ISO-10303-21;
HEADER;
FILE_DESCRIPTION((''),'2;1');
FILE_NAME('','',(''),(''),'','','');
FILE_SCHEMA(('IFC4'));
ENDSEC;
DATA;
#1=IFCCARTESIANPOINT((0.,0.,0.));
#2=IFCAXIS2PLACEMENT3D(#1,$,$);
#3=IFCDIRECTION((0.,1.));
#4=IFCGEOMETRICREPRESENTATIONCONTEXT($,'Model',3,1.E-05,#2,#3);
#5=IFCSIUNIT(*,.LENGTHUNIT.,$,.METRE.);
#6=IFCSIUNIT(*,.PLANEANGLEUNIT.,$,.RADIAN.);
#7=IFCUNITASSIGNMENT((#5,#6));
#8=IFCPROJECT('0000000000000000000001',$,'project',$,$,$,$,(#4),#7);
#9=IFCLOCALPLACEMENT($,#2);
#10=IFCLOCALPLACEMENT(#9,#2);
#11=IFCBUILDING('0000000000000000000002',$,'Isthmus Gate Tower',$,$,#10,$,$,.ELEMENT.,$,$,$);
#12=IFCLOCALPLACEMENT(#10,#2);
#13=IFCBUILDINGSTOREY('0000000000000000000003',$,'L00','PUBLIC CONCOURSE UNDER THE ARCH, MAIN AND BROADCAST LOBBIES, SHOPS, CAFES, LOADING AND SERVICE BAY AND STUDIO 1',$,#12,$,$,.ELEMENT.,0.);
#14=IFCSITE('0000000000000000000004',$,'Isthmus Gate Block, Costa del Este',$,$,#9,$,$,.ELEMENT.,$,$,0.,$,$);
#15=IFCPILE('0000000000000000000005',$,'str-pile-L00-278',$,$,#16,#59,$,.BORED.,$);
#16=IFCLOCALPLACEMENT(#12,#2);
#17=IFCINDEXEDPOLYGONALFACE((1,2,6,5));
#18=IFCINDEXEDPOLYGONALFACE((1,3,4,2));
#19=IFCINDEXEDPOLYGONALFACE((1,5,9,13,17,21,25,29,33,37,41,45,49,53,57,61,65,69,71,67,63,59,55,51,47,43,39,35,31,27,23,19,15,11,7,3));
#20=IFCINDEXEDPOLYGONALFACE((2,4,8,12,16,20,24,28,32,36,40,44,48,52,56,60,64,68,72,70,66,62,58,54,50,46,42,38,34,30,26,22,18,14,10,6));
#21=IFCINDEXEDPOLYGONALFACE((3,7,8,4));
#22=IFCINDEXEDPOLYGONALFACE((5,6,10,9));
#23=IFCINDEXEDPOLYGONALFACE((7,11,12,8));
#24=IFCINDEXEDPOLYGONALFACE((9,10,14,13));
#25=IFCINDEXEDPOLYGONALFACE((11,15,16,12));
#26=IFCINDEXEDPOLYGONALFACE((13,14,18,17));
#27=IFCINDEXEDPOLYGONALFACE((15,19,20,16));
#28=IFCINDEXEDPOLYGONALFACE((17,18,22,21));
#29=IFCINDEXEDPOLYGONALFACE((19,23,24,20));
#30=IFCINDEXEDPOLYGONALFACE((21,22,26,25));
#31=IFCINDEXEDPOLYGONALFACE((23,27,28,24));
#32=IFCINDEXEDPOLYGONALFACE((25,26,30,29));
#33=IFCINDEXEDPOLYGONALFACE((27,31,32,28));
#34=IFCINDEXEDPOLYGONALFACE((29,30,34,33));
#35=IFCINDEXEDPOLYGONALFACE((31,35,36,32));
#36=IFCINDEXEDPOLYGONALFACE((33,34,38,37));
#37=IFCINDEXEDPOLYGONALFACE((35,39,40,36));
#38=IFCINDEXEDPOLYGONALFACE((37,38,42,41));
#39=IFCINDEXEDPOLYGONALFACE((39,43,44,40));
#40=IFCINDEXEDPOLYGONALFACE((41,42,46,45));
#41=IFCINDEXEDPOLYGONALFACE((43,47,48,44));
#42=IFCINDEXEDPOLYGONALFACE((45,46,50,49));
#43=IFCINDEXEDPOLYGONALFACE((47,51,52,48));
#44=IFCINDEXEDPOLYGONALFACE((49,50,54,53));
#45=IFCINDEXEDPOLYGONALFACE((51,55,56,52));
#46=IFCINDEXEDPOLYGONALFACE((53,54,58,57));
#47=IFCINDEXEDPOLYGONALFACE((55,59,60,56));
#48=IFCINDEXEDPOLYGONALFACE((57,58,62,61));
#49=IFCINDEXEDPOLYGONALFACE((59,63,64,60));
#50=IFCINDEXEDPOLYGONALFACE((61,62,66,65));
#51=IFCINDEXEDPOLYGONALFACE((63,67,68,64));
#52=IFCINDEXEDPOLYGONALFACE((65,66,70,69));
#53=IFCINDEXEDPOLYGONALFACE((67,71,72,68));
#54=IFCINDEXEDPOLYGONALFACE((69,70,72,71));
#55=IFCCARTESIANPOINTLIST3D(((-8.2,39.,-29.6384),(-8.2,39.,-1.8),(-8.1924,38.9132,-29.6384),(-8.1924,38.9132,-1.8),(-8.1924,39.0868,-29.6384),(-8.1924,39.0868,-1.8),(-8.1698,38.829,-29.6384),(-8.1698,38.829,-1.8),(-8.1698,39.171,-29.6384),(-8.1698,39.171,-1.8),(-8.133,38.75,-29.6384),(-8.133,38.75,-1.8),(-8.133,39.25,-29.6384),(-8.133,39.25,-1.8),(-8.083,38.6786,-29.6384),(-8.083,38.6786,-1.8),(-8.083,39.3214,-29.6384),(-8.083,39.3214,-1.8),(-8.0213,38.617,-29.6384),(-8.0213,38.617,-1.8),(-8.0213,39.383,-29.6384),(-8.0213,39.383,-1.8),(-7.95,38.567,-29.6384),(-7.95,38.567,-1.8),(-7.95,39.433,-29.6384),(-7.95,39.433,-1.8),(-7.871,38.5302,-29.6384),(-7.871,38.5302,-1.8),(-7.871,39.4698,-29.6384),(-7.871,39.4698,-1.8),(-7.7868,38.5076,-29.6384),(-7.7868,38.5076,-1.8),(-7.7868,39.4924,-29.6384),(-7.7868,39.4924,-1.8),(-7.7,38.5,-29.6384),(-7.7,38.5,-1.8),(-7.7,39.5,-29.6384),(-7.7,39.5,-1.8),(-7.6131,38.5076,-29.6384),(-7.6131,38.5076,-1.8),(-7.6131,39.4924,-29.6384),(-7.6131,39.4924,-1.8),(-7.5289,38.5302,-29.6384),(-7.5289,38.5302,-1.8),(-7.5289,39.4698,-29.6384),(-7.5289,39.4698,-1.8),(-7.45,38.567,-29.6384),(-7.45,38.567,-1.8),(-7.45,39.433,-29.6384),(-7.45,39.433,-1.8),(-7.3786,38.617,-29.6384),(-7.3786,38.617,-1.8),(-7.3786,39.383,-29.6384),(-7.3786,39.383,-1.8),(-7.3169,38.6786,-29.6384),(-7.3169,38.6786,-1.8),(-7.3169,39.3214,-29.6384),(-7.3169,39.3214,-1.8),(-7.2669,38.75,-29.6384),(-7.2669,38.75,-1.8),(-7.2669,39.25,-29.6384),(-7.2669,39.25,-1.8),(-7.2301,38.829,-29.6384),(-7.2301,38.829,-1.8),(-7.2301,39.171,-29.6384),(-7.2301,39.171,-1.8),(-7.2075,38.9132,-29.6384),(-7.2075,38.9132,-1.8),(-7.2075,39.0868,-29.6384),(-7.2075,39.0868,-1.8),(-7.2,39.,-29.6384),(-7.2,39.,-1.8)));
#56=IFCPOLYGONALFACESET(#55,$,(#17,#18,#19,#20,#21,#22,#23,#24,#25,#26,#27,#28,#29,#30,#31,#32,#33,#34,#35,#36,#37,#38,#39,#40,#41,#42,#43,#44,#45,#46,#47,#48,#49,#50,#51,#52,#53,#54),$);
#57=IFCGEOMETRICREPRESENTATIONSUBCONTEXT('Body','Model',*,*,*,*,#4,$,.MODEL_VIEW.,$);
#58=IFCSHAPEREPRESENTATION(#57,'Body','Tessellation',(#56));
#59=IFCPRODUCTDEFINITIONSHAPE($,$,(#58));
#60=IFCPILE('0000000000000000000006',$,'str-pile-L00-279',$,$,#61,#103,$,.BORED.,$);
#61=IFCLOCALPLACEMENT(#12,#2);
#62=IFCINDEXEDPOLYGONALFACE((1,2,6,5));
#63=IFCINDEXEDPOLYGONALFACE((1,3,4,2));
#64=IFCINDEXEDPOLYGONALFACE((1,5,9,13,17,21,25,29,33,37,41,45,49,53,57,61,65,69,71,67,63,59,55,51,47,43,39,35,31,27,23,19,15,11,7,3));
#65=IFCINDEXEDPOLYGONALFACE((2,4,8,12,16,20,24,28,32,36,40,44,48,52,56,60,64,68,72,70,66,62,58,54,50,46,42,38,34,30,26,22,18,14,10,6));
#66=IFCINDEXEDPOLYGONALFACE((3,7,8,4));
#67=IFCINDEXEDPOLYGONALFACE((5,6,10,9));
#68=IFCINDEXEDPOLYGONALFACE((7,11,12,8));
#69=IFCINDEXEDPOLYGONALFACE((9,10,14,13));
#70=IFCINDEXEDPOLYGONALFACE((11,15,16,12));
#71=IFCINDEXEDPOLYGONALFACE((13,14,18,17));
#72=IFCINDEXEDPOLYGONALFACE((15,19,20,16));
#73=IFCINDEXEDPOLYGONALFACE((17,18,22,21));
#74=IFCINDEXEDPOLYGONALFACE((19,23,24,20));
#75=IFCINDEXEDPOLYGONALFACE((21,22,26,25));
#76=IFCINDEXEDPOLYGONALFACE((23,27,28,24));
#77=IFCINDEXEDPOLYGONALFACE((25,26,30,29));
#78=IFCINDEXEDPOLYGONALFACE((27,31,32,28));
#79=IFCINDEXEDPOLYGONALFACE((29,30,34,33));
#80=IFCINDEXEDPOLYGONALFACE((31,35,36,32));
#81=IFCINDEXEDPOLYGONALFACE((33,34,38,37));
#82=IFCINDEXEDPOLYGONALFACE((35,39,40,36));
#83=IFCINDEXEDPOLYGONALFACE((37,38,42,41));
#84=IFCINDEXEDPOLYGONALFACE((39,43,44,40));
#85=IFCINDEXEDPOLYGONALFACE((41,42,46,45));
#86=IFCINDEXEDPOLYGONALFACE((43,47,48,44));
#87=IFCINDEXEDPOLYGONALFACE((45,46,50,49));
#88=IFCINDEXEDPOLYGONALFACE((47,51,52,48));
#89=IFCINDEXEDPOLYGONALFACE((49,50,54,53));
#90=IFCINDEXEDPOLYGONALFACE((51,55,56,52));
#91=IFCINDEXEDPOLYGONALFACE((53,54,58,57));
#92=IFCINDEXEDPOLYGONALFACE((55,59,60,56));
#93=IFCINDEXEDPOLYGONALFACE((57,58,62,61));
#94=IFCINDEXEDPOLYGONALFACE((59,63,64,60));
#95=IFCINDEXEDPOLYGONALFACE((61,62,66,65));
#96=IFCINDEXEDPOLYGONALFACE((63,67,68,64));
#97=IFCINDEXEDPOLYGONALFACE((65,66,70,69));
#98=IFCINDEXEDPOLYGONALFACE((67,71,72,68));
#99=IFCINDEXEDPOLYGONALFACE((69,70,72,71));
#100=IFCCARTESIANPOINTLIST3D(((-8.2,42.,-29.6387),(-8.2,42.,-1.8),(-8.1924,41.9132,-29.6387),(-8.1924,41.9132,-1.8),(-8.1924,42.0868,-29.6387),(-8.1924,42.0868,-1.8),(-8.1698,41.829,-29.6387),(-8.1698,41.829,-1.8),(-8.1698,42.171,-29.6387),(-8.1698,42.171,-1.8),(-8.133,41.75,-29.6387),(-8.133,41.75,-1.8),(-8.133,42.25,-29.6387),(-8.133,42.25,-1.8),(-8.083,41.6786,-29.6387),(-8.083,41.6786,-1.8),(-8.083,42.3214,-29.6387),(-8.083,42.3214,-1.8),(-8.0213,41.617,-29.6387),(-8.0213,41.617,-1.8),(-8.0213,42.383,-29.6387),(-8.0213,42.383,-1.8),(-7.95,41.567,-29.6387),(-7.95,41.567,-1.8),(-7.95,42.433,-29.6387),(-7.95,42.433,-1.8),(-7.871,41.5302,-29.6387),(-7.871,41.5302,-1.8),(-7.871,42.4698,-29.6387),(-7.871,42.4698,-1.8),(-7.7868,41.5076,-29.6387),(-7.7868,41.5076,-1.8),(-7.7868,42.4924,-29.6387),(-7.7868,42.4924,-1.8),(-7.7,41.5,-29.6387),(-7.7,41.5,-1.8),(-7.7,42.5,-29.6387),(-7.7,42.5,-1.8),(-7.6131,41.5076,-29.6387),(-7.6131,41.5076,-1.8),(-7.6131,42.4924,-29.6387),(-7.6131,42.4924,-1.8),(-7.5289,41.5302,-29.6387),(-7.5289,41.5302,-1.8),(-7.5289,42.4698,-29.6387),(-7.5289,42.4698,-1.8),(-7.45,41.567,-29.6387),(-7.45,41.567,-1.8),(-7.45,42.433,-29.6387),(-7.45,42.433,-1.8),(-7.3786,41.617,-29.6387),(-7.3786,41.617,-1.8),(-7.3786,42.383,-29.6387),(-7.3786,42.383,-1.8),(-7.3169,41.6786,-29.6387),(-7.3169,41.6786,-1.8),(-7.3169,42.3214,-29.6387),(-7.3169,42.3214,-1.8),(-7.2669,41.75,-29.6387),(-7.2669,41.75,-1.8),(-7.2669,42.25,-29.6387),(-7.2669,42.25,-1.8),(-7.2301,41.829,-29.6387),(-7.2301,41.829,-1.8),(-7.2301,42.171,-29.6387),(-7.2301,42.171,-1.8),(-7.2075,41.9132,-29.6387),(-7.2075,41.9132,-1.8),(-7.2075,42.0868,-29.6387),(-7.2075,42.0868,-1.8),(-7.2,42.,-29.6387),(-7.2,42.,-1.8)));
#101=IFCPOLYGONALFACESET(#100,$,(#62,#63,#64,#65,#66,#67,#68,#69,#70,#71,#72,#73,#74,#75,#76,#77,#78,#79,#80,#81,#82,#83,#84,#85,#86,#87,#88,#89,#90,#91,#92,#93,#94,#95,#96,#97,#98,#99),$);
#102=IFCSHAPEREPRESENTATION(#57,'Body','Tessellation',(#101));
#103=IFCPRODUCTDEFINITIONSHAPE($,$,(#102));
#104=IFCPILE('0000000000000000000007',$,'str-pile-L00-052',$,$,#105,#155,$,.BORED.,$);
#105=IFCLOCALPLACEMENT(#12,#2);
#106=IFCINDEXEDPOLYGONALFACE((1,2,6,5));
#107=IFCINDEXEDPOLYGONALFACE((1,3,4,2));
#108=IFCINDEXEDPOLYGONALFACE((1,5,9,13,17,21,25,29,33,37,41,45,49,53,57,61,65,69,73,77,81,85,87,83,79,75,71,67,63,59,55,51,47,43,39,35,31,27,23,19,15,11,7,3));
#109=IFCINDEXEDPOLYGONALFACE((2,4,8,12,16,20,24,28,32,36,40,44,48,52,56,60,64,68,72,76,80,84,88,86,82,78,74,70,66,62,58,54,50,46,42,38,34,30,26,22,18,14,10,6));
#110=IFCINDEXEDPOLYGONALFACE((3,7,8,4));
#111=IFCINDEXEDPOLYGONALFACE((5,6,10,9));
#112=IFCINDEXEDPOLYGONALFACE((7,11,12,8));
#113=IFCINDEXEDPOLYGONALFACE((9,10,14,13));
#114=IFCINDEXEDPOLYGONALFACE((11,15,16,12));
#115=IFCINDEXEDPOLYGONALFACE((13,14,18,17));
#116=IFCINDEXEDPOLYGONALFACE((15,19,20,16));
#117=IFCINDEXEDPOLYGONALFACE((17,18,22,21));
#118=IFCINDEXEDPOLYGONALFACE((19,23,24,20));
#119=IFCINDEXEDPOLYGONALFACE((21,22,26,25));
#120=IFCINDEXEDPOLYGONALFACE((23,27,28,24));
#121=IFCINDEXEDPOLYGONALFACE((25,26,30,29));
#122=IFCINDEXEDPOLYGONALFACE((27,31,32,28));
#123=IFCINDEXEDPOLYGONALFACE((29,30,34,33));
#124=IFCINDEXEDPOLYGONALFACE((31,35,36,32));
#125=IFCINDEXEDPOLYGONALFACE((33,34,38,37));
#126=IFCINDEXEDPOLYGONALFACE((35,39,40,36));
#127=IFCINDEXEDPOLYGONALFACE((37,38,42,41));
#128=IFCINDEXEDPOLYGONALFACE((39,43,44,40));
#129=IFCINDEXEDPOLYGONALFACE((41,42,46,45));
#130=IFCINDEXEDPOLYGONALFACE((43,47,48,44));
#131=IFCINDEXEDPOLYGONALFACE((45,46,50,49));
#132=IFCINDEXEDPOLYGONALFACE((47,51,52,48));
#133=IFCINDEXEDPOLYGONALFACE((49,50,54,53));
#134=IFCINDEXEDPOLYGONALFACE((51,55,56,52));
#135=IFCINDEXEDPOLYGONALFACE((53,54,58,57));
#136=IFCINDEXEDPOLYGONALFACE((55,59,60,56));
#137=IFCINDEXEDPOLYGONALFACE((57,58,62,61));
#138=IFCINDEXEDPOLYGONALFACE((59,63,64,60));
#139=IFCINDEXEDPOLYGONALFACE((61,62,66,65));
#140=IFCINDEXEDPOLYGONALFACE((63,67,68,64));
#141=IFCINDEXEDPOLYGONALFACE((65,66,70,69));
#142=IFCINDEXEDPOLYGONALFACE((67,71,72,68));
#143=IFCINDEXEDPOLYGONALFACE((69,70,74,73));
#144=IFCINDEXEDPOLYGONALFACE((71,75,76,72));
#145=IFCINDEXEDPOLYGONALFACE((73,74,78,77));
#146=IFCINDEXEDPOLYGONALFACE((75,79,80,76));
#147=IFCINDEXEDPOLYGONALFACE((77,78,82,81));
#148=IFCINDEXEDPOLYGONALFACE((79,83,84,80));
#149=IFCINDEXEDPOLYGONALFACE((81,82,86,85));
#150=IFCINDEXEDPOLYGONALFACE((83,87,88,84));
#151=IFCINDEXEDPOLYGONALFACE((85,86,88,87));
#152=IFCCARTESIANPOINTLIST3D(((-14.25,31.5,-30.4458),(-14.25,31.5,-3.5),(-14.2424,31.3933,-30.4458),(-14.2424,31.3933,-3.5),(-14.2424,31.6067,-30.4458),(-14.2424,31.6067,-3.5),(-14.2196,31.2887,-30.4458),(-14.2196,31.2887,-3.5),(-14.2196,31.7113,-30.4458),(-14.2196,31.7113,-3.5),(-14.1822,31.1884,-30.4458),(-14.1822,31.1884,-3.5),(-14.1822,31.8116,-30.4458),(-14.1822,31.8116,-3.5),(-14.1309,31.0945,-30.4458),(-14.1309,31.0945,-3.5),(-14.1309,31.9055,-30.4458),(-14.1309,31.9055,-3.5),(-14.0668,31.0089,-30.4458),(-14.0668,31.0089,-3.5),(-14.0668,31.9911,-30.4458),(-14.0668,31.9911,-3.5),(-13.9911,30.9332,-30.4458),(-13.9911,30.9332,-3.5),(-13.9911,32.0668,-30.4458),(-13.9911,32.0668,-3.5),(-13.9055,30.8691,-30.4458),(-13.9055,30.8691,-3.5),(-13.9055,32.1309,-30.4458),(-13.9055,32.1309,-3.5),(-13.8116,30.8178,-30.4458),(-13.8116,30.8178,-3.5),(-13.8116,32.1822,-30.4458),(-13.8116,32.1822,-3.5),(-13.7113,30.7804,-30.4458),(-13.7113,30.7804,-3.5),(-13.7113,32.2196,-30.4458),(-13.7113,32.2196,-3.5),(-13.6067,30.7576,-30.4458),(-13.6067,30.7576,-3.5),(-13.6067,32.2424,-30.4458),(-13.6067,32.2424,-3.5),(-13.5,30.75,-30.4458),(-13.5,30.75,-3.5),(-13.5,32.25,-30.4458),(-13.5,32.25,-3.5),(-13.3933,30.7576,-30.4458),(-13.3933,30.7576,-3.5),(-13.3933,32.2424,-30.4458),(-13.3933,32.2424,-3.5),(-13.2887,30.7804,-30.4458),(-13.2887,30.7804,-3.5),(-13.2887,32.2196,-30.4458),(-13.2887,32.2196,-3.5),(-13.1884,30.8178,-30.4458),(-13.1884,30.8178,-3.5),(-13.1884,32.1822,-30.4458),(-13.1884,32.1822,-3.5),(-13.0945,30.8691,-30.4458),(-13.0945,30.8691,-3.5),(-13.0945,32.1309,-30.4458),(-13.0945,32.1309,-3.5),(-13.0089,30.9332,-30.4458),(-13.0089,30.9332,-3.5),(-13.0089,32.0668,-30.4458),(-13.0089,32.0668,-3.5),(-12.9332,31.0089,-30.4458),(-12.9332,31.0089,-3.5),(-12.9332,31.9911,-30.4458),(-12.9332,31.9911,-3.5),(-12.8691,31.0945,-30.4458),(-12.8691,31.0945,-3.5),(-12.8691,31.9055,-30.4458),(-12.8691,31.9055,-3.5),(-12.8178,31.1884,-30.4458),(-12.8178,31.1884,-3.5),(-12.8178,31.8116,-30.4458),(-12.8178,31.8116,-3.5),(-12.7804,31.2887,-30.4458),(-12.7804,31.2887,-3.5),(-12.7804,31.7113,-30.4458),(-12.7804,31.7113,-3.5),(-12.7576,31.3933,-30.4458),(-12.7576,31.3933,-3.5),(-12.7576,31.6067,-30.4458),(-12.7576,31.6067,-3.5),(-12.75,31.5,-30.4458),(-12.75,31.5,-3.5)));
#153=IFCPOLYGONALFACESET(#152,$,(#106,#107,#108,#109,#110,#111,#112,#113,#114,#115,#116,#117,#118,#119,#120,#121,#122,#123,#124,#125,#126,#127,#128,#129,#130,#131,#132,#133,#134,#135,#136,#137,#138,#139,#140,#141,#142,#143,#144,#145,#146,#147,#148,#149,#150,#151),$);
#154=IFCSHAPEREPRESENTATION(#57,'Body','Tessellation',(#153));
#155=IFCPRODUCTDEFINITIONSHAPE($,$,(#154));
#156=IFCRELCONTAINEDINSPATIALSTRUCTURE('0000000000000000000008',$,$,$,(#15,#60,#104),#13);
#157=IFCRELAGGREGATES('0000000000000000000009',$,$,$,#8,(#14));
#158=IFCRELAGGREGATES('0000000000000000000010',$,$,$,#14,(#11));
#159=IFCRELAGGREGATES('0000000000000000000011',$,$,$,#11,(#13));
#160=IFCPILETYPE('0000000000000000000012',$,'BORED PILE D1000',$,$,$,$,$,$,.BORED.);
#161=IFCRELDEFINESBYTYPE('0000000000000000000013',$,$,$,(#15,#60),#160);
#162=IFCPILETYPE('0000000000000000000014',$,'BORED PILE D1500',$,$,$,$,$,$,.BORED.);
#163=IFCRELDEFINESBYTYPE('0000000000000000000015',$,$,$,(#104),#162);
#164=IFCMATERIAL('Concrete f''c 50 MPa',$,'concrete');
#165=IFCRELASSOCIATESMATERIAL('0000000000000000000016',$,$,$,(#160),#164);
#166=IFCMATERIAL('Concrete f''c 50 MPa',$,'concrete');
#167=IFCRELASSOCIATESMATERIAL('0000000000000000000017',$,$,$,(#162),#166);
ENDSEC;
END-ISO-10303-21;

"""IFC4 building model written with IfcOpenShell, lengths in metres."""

from ifc_helpers import new_model, si_unit, direction, frame, origin, origin_2d, place, context, subcontext, project, spatial, circle, extrude, material, material_profile, profile_set, type_object, element, save


model = new_model("IFC4")

# Units and contexts
model_context = context("Model", 3, precision=1e-05, world=origin(), true_north=direction((0.0, 1.0)))
body_context = subcontext(model_context, "Body", "Model", "MODEL_VIEW")
ifc_project = project(units=[si_unit("LENGTHUNIT", "METRE"), si_unit("PLANEANGLEUNIT", "RADIAN")], contexts=[model_context])

# Site, building, storey
site_placement = place(None, origin())
site = spatial("IfcSite", under=ifc_project, at=site_placement, Name="Isthmus Gate Block, Costa del Este", CompositionType="ELEMENT", RefElevation=0.0)
building_placement = place(site_placement, origin())
building = spatial("IfcBuilding", under=site, at=building_placement, Name="Isthmus Gate Tower", CompositionType="ELEMENT")
storey_placement = place(building_placement, origin())
storey = spatial("IfcBuildingStorey", under=building, at=storey_placement, Name="L00", Description="PUBLIC CONCOURSE UNDER THE ARCH, MAIN AND BROADCAST LOBBIES, SHOPS, CAFES, LOADING AND SERVICE BAY AND STUDIO 1", CompositionType="ELEMENT", Elevation=0.0)

# Piles
ifc_material_1 = material(Name="Concrete f'c 50 MPa", Category="concrete")
ifc_material_profile_1 = material_profile(ifc_material_1, circle(Radius=0.5, at=origin_2d()), Name="D1000")
ifc_profile_set_1 = profile_set([ifc_material_profile_1], Name="Concrete f'c 50 MPa")
pile_type_1 = type_object("IfcPileType", Name="BORED PILE D1000", PredefinedType="BORED", material=ifc_profile_set_1)
pile_1_placement = place(storey_placement, frame((-7.7, 39.0, -1.8), z_axis=(0.0, 0.0, -1.0), x_axis=(1.0, 0.0, 0.0)))
element("IfcPile", 1, at=pile_1_placement, inside=storey, type_object=pile_type_1, Name="str-pile-L00-278", PredefinedType="BORED", context=body_context, shape_type="SweptSolid", body=[
    extrude(circle(Radius=0.5, at=origin_2d()), origin(), (0.0, 0.0, 1.0), 27.8384),
])
pile_2_placement = place(storey_placement, frame((-7.7, 42.0, -1.8), z_axis=(0.0, 0.0, -1.0), x_axis=(1.0, 0.0, 0.0)))
element("IfcPile", 2, at=pile_2_placement, inside=storey, type_object=pile_type_1, Name="str-pile-L00-279", PredefinedType="BORED", context=body_context, shape_type="SweptSolid", body=[
    extrude(circle(Radius=0.5, at=origin_2d()), origin(), (0.0, 0.0, 1.0), 27.8386),
])
ifc_material_2 = material(Name="Concrete f'c 50 MPa", Category="concrete")
ifc_material_profile_2 = material_profile(ifc_material_2, circle(Radius=0.75, at=origin_2d()), Name="D1500")
ifc_profile_set_2 = profile_set([ifc_material_profile_2], Name="Concrete f'c 50 MPa")
pile_type_2 = type_object("IfcPileType", Name="BORED PILE D1500", PredefinedType="BORED", material=ifc_profile_set_2)
pile_3_placement = place(storey_placement, frame((-13.5, 31.5, -3.5), z_axis=(0.0, 0.0, -1.0), x_axis=(1.0, 0.0, 0.0)))
element("IfcPile", 3, at=pile_3_placement, inside=storey, type_object=pile_type_2, Name="str-pile-L00-052", PredefinedType="BORED", context=body_context, shape_type="SweptSolid", body=[
    extrude(circle(Radius=0.75, at=origin_2d()), origin(), (0.0, 0.0, 1.0), 26.9458),
])

save(model, "model.ifc")
